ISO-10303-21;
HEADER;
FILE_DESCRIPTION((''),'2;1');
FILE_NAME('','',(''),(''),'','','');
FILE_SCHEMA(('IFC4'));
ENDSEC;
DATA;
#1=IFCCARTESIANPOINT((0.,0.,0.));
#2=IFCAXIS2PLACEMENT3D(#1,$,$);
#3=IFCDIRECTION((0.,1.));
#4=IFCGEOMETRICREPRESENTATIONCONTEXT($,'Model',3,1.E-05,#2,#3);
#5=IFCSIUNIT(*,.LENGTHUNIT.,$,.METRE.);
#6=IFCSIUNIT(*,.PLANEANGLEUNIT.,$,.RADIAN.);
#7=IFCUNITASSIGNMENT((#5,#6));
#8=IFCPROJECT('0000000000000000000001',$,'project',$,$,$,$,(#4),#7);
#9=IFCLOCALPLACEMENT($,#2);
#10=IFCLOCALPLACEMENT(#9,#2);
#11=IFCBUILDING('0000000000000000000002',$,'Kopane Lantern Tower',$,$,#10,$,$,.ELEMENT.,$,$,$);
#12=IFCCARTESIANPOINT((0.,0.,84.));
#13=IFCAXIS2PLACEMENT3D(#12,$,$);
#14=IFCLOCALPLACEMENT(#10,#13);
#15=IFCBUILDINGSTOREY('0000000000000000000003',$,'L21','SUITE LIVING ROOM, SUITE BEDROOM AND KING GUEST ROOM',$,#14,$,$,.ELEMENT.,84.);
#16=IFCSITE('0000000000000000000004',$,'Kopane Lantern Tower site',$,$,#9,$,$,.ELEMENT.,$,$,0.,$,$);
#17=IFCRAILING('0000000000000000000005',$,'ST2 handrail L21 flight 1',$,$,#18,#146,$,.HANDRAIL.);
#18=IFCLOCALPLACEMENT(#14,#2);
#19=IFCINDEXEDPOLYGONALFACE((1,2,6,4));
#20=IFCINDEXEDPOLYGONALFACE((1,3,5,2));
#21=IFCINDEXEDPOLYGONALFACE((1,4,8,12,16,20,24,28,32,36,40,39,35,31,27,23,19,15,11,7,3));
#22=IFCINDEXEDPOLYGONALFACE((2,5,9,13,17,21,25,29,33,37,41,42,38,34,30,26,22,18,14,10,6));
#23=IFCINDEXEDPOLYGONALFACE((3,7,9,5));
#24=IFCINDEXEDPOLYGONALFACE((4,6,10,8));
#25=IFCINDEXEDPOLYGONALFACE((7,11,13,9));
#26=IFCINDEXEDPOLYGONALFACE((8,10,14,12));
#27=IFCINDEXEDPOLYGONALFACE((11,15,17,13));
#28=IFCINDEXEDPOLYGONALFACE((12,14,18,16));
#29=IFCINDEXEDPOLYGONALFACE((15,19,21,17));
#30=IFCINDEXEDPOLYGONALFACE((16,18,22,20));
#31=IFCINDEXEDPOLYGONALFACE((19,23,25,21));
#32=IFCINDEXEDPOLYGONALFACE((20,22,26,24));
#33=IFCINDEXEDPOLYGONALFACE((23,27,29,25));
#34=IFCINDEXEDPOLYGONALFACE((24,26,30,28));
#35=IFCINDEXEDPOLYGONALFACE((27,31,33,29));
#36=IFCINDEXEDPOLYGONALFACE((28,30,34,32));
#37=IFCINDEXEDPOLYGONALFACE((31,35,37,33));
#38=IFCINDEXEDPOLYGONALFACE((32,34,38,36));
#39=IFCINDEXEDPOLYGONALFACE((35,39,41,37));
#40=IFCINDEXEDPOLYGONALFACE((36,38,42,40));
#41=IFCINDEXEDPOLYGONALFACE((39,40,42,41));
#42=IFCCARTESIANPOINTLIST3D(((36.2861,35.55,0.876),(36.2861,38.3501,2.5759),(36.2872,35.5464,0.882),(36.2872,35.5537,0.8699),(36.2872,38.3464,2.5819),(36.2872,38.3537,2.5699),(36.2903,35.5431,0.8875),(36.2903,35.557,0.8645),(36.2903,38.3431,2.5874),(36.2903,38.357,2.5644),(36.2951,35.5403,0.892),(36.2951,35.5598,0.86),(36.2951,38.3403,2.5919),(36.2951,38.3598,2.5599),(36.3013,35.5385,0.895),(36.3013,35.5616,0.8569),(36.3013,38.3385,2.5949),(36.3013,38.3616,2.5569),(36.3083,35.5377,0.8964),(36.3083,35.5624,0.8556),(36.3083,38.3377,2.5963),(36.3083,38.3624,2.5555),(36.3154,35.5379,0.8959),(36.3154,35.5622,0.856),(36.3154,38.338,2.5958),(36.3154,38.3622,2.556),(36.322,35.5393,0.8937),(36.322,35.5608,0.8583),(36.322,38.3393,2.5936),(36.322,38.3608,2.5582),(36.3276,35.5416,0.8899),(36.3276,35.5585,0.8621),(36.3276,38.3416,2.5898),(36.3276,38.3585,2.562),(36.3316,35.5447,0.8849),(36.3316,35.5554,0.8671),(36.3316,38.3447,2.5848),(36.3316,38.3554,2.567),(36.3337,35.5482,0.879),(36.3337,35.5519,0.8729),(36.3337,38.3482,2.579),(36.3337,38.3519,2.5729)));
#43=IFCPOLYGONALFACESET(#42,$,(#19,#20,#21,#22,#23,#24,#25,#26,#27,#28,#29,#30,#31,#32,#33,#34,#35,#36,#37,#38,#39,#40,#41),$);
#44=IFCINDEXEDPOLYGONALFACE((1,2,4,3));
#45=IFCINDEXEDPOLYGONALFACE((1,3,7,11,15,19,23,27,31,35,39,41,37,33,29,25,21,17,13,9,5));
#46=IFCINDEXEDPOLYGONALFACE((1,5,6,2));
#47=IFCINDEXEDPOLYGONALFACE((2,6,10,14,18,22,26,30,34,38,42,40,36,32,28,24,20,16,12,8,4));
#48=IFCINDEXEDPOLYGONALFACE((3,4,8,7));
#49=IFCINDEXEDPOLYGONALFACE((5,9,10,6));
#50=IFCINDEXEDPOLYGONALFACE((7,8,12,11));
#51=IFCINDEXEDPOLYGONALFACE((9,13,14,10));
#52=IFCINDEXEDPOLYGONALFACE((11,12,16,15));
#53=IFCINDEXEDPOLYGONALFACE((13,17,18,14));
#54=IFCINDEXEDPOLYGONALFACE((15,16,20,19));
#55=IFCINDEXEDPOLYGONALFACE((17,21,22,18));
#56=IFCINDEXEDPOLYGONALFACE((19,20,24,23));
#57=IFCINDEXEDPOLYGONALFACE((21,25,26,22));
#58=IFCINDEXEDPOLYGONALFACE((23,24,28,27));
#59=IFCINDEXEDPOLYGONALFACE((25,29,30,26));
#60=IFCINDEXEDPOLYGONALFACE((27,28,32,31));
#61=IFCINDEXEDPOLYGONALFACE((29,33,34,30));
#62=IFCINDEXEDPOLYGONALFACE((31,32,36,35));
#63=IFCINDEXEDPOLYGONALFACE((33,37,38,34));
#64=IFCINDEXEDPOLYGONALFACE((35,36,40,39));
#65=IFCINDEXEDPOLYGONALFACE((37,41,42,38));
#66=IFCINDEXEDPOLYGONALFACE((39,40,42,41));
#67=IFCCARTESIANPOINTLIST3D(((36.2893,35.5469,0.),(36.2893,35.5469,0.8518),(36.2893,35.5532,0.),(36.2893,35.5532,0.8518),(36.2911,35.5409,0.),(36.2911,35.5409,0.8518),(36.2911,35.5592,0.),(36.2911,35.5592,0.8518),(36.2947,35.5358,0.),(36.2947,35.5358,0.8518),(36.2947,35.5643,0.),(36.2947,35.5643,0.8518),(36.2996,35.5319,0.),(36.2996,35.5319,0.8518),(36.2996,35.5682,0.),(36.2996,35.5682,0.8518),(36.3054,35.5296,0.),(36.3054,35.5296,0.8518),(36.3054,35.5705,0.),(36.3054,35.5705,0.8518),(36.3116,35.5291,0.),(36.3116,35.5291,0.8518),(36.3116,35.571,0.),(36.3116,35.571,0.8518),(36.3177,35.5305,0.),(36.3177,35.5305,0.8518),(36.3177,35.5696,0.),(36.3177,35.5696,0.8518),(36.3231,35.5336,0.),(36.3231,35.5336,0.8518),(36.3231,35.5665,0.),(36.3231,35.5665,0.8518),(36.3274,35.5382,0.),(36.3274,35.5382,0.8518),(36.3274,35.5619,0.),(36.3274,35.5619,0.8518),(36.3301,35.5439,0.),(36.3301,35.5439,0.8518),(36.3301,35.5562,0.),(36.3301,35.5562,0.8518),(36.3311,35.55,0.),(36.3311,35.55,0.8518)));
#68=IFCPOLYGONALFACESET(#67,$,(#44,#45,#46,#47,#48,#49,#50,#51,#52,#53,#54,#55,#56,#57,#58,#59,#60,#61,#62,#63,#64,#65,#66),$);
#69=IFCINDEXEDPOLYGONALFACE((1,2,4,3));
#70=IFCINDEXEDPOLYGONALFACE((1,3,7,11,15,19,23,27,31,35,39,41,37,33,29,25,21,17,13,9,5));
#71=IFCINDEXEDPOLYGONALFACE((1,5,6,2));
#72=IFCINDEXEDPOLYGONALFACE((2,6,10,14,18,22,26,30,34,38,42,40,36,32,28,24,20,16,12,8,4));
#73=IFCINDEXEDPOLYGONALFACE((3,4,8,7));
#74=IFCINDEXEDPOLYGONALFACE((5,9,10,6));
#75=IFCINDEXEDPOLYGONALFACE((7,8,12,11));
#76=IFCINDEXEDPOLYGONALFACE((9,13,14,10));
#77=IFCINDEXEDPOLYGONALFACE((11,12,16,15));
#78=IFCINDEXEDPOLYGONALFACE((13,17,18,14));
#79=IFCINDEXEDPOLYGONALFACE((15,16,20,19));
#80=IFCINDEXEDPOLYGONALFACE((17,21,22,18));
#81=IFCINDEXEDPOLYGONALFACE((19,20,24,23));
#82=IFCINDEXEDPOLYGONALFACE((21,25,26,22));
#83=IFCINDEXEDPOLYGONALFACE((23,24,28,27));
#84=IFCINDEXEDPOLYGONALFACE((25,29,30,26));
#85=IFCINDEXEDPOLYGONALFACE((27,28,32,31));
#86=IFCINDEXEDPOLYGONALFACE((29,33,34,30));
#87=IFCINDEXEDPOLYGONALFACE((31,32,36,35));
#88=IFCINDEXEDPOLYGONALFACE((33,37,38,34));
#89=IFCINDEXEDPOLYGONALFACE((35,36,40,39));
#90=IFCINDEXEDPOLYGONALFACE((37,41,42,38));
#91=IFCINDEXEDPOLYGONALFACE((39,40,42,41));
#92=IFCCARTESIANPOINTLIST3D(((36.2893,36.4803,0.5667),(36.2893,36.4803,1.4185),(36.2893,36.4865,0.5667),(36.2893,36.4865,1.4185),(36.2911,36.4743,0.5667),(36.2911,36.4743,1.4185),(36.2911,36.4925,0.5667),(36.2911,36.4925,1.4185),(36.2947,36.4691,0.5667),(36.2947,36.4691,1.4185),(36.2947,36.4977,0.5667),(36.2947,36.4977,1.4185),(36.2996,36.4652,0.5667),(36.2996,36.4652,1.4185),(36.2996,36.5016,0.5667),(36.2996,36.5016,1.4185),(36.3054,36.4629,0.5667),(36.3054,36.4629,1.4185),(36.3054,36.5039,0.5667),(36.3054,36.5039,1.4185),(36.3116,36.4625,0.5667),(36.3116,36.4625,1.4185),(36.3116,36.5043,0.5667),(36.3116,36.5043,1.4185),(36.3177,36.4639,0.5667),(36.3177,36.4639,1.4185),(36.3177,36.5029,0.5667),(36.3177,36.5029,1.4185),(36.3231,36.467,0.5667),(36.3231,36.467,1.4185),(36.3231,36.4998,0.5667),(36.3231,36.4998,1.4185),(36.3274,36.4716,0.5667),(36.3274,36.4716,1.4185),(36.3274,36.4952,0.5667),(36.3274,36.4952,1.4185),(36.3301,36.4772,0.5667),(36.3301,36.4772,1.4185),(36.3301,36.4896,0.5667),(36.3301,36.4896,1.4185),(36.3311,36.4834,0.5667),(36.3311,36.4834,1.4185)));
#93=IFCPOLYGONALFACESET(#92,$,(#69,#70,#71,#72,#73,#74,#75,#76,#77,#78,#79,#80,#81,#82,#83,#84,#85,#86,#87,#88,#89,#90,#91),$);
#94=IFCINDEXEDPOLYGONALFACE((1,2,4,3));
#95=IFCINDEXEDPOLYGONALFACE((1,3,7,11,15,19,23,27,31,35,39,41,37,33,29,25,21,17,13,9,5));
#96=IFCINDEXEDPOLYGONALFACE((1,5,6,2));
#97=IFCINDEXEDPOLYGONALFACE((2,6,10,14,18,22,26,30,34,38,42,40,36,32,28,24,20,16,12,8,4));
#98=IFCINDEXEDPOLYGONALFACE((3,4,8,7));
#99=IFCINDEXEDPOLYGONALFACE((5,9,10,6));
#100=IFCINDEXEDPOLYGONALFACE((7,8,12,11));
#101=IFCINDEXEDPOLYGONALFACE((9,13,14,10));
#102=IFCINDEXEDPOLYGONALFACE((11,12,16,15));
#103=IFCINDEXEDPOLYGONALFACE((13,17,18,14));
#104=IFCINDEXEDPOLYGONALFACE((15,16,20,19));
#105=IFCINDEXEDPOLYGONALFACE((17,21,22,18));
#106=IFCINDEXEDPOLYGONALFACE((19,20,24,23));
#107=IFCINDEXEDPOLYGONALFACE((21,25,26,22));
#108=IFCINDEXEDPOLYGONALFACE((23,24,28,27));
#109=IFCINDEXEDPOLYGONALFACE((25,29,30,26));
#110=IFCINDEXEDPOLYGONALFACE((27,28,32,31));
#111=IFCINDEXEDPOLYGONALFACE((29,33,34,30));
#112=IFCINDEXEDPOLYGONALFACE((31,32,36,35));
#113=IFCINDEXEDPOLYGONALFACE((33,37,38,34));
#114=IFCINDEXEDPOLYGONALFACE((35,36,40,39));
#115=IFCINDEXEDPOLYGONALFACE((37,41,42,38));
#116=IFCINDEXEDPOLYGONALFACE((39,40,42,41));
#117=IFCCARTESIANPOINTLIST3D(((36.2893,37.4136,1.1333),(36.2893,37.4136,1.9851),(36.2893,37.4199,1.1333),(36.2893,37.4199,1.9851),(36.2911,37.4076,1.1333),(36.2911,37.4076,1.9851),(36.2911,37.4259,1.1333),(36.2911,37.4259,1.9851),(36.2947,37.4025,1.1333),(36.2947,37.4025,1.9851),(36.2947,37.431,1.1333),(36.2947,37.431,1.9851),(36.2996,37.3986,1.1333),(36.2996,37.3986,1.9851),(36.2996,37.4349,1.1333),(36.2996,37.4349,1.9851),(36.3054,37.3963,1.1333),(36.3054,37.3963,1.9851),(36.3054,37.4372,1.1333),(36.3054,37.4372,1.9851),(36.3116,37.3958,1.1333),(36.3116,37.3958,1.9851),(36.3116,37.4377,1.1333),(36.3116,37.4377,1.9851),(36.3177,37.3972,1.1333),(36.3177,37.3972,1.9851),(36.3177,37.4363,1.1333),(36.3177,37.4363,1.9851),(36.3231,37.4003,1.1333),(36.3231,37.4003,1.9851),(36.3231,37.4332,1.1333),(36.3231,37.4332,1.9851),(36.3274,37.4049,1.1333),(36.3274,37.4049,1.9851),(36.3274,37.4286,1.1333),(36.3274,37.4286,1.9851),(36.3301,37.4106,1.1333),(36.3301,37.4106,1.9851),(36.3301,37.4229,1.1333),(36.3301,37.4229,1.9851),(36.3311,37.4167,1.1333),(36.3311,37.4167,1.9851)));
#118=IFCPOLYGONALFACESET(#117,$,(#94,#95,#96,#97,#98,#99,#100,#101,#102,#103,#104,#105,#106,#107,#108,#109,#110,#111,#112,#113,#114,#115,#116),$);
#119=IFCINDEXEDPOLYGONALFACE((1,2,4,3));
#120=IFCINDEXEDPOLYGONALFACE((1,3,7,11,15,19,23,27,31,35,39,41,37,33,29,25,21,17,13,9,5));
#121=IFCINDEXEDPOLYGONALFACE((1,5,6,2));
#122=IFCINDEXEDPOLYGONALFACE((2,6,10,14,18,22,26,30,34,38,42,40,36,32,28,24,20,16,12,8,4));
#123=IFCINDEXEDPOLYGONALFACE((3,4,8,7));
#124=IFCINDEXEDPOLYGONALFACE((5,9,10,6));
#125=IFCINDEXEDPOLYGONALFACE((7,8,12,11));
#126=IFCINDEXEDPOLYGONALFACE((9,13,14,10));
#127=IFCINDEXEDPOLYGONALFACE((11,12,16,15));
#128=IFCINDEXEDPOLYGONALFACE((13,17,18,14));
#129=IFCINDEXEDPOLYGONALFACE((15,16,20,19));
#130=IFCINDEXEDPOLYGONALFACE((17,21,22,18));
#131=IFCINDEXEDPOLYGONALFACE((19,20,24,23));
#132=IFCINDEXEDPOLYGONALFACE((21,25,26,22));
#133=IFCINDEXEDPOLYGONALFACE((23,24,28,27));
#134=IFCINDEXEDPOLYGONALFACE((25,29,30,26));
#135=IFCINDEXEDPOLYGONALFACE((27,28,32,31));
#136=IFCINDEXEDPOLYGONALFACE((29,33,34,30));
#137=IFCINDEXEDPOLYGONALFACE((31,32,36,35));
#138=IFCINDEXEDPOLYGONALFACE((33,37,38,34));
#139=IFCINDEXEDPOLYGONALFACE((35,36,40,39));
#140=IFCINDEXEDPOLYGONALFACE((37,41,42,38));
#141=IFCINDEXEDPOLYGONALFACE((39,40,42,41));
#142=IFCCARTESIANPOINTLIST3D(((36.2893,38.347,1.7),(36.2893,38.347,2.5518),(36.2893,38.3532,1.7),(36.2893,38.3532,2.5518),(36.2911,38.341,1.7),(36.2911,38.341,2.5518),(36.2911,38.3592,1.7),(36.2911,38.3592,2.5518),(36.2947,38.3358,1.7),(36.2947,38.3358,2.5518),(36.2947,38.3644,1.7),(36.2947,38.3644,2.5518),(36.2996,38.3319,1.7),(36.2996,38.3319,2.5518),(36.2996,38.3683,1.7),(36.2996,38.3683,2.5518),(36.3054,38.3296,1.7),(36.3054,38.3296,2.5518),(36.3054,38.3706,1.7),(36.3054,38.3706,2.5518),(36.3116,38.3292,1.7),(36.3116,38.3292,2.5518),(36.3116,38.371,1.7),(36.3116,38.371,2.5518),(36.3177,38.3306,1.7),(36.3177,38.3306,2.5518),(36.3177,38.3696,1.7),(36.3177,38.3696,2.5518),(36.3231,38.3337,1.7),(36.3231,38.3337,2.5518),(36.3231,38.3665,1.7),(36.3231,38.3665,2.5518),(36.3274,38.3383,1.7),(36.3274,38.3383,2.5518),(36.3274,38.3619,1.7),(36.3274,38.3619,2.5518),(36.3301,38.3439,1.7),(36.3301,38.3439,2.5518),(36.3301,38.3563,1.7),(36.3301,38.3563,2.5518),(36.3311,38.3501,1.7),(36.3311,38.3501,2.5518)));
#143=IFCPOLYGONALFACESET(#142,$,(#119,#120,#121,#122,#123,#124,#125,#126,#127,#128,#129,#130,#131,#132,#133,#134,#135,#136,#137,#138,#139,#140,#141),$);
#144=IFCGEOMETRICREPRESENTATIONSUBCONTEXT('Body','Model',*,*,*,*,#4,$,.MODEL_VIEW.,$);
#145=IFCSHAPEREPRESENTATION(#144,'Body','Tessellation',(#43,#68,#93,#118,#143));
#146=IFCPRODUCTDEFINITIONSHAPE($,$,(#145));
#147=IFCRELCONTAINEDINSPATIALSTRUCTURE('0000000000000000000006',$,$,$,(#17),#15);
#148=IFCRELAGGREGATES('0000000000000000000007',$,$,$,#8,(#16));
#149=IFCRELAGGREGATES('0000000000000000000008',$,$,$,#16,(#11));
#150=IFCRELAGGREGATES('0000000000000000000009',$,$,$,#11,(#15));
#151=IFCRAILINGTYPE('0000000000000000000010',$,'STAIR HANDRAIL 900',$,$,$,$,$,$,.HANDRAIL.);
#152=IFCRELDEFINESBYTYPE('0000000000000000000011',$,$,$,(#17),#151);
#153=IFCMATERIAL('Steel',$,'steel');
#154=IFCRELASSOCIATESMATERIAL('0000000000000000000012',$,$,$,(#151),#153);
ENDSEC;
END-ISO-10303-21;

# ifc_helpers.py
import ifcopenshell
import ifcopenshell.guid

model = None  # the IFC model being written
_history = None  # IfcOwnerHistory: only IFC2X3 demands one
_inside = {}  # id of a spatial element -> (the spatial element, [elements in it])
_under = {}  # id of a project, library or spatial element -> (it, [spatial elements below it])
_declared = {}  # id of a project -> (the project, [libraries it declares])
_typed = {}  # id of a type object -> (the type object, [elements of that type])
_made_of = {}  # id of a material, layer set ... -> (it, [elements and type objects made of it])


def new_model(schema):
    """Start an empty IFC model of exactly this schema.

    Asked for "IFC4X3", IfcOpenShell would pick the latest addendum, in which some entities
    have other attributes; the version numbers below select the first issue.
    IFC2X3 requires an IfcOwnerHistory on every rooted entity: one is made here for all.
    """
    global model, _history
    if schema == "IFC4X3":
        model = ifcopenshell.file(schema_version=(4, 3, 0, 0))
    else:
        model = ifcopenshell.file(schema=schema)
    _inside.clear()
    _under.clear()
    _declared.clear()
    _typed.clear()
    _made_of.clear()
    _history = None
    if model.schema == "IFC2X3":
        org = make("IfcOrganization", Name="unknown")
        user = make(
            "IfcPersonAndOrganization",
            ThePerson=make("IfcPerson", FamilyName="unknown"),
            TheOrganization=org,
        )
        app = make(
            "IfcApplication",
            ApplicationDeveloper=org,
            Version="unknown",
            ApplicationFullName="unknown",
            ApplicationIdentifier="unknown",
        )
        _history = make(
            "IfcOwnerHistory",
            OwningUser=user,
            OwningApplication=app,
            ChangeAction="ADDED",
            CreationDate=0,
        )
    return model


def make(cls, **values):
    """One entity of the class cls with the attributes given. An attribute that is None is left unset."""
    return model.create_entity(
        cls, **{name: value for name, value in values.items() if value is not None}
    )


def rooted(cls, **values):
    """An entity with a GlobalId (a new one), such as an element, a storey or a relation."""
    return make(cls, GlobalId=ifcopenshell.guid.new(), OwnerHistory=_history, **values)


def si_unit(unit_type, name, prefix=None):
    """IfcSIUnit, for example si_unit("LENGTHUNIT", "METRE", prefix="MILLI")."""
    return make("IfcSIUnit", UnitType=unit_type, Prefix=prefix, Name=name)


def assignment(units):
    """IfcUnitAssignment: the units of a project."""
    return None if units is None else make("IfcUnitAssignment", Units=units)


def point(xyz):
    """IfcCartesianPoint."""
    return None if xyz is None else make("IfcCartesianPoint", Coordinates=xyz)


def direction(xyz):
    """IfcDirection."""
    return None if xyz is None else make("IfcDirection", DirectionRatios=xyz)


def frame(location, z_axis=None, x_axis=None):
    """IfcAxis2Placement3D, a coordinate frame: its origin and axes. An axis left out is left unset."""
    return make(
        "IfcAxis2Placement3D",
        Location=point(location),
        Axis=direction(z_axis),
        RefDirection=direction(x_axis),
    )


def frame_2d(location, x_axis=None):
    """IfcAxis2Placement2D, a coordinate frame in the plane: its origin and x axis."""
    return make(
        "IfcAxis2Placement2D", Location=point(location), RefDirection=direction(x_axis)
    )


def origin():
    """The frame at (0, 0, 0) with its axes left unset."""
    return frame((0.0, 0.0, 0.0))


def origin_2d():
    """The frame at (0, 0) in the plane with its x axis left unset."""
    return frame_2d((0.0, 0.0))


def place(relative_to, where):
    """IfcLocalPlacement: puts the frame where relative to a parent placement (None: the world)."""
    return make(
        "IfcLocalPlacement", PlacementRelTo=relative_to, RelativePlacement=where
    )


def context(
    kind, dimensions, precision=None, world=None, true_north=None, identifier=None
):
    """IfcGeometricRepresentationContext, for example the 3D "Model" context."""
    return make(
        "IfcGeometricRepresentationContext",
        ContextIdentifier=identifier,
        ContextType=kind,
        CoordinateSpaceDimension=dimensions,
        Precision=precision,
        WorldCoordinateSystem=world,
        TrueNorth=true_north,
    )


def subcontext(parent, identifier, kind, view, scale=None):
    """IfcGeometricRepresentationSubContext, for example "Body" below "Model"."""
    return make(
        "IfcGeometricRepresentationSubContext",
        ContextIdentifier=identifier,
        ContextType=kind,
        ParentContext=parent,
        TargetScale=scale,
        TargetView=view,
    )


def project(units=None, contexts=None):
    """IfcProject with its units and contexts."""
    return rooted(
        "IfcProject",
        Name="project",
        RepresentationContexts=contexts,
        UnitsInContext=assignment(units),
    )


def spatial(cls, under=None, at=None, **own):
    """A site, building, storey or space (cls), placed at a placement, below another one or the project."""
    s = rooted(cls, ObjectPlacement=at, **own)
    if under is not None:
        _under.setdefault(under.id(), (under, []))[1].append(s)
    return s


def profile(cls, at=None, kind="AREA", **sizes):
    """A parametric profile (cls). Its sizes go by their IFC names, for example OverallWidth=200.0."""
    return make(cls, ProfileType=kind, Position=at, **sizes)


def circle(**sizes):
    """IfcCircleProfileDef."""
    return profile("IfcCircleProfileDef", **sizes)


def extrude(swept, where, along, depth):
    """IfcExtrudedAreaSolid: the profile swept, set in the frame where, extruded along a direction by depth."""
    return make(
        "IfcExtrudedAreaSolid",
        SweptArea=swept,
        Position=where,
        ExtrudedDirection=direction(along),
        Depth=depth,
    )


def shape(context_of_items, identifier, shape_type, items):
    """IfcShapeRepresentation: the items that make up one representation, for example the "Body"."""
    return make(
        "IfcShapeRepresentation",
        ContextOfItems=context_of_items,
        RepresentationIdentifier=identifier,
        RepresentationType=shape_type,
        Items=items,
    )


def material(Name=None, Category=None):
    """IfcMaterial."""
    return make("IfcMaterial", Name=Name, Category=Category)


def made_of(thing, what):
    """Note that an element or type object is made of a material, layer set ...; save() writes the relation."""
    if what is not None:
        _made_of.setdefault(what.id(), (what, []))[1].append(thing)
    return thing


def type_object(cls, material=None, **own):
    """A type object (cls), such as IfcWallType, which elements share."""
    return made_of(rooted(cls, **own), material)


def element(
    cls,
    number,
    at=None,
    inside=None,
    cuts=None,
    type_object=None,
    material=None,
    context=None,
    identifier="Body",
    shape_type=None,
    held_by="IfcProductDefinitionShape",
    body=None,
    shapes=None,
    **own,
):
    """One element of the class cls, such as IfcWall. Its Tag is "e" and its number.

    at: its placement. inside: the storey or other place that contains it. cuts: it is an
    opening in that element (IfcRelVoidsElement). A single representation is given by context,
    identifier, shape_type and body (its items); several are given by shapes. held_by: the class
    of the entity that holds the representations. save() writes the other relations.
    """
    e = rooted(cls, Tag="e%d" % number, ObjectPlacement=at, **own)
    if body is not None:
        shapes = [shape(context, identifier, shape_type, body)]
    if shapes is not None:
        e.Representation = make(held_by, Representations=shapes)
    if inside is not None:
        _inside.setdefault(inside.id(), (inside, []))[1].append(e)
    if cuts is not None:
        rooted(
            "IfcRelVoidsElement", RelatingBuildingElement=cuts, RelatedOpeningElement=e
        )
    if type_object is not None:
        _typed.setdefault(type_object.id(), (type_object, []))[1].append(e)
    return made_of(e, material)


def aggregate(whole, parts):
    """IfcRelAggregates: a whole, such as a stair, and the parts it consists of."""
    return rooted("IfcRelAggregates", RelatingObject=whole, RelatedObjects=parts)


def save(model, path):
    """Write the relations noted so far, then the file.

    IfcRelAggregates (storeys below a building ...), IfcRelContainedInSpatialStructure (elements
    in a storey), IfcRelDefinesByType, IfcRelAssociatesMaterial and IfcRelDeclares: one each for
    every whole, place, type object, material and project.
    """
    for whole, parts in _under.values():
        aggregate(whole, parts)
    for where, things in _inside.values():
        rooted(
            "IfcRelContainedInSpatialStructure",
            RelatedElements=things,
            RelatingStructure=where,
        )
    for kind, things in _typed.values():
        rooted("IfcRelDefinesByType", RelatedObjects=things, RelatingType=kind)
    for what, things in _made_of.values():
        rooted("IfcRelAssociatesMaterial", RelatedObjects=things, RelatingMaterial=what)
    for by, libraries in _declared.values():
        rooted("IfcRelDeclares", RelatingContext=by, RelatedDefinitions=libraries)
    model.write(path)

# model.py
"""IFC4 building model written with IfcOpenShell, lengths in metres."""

from ifc_helpers import new_model, si_unit, direction, frame, origin, origin_2d, place, context, subcontext, project, spatial, circle, extrude, material, type_object, element, save


model = new_model("IFC4")

# Units and contexts
model_context = context("Model", 3, precision=1e-05, world=origin(), true_north=direction((0.0, 1.0)))
body_context = subcontext(model_context, "Body", "Model", "MODEL_VIEW")
ifc_project = project(units=[si_unit("LENGTHUNIT", "METRE"), si_unit("PLANEANGLEUNIT", "RADIAN")], contexts=[model_context])

# Site, building, storey
site_placement = place(None, origin())
site = spatial("IfcSite", under=ifc_project, at=site_placement, Name="Kopane Lantern Tower site", CompositionType="ELEMENT", RefElevation=0.0)
building_placement = place(site_placement, origin())
building = spatial("IfcBuilding", under=site, at=building_placement, Name="Kopane Lantern Tower", CompositionType="ELEMENT")
storey_placement = place(building_placement, frame((0.0, 0.0, 84.0)))
storey = spatial("IfcBuildingStorey", under=building, at=storey_placement, Name="L21", Description="SUITE LIVING ROOM, SUITE BEDROOM AND KING GUEST ROOM", CompositionType="ELEMENT", Elevation=84.0)

# Railing
ifc_material_1 = material(Name="Steel", Category="steel")
railing_type_1 = type_object("IfcRailingType", Name="STAIR HANDRAIL 900", PredefinedType="HANDRAIL", material=ifc_material_1)
for number, where, name in (
    (1, (36.3101, 35.55, 0.0), "ST2 handrail L21 flight 1"),
):
    element("IfcRailing", number, at=place(storey_placement, frame(where)), inside=storey, type_object=railing_type_1, Name=name, PredefinedType="HANDRAIL", context=body_context, shape_type="SweptSolid", body=[
        extrude(circle(Radius=0.0239, at=origin_2d()), frame((0.0, 0.0, 0.876), z_axis=(0.0, 0.854798, 0.518961), x_axis=(-1.0, 0.0, 0.0)), (0.0, 0.0, 1.0), 3.2756),
        extrude(circle(Radius=0.021, at=origin_2d()), origin(), (0.0, 0.0, 1.0), 0.8518),
        extrude(circle(Radius=0.021, at=origin_2d()), frame((0.0, 0.9333, 0.5667)), (0.0, 0.0, 1.0), 0.8518),
        extrude(circle(Radius=0.021, at=origin_2d()), frame((0.0, 1.8667, 1.1333)), (0.0, 0.0, 1.0), 0.8518),
        extrude(circle(Radius=0.021, at=origin_2d()), frame((0.0, 2.8, 1.7)), (0.0, 0.0, 1.0), 0.8518),
    ])

save(model, "model.ifc")
